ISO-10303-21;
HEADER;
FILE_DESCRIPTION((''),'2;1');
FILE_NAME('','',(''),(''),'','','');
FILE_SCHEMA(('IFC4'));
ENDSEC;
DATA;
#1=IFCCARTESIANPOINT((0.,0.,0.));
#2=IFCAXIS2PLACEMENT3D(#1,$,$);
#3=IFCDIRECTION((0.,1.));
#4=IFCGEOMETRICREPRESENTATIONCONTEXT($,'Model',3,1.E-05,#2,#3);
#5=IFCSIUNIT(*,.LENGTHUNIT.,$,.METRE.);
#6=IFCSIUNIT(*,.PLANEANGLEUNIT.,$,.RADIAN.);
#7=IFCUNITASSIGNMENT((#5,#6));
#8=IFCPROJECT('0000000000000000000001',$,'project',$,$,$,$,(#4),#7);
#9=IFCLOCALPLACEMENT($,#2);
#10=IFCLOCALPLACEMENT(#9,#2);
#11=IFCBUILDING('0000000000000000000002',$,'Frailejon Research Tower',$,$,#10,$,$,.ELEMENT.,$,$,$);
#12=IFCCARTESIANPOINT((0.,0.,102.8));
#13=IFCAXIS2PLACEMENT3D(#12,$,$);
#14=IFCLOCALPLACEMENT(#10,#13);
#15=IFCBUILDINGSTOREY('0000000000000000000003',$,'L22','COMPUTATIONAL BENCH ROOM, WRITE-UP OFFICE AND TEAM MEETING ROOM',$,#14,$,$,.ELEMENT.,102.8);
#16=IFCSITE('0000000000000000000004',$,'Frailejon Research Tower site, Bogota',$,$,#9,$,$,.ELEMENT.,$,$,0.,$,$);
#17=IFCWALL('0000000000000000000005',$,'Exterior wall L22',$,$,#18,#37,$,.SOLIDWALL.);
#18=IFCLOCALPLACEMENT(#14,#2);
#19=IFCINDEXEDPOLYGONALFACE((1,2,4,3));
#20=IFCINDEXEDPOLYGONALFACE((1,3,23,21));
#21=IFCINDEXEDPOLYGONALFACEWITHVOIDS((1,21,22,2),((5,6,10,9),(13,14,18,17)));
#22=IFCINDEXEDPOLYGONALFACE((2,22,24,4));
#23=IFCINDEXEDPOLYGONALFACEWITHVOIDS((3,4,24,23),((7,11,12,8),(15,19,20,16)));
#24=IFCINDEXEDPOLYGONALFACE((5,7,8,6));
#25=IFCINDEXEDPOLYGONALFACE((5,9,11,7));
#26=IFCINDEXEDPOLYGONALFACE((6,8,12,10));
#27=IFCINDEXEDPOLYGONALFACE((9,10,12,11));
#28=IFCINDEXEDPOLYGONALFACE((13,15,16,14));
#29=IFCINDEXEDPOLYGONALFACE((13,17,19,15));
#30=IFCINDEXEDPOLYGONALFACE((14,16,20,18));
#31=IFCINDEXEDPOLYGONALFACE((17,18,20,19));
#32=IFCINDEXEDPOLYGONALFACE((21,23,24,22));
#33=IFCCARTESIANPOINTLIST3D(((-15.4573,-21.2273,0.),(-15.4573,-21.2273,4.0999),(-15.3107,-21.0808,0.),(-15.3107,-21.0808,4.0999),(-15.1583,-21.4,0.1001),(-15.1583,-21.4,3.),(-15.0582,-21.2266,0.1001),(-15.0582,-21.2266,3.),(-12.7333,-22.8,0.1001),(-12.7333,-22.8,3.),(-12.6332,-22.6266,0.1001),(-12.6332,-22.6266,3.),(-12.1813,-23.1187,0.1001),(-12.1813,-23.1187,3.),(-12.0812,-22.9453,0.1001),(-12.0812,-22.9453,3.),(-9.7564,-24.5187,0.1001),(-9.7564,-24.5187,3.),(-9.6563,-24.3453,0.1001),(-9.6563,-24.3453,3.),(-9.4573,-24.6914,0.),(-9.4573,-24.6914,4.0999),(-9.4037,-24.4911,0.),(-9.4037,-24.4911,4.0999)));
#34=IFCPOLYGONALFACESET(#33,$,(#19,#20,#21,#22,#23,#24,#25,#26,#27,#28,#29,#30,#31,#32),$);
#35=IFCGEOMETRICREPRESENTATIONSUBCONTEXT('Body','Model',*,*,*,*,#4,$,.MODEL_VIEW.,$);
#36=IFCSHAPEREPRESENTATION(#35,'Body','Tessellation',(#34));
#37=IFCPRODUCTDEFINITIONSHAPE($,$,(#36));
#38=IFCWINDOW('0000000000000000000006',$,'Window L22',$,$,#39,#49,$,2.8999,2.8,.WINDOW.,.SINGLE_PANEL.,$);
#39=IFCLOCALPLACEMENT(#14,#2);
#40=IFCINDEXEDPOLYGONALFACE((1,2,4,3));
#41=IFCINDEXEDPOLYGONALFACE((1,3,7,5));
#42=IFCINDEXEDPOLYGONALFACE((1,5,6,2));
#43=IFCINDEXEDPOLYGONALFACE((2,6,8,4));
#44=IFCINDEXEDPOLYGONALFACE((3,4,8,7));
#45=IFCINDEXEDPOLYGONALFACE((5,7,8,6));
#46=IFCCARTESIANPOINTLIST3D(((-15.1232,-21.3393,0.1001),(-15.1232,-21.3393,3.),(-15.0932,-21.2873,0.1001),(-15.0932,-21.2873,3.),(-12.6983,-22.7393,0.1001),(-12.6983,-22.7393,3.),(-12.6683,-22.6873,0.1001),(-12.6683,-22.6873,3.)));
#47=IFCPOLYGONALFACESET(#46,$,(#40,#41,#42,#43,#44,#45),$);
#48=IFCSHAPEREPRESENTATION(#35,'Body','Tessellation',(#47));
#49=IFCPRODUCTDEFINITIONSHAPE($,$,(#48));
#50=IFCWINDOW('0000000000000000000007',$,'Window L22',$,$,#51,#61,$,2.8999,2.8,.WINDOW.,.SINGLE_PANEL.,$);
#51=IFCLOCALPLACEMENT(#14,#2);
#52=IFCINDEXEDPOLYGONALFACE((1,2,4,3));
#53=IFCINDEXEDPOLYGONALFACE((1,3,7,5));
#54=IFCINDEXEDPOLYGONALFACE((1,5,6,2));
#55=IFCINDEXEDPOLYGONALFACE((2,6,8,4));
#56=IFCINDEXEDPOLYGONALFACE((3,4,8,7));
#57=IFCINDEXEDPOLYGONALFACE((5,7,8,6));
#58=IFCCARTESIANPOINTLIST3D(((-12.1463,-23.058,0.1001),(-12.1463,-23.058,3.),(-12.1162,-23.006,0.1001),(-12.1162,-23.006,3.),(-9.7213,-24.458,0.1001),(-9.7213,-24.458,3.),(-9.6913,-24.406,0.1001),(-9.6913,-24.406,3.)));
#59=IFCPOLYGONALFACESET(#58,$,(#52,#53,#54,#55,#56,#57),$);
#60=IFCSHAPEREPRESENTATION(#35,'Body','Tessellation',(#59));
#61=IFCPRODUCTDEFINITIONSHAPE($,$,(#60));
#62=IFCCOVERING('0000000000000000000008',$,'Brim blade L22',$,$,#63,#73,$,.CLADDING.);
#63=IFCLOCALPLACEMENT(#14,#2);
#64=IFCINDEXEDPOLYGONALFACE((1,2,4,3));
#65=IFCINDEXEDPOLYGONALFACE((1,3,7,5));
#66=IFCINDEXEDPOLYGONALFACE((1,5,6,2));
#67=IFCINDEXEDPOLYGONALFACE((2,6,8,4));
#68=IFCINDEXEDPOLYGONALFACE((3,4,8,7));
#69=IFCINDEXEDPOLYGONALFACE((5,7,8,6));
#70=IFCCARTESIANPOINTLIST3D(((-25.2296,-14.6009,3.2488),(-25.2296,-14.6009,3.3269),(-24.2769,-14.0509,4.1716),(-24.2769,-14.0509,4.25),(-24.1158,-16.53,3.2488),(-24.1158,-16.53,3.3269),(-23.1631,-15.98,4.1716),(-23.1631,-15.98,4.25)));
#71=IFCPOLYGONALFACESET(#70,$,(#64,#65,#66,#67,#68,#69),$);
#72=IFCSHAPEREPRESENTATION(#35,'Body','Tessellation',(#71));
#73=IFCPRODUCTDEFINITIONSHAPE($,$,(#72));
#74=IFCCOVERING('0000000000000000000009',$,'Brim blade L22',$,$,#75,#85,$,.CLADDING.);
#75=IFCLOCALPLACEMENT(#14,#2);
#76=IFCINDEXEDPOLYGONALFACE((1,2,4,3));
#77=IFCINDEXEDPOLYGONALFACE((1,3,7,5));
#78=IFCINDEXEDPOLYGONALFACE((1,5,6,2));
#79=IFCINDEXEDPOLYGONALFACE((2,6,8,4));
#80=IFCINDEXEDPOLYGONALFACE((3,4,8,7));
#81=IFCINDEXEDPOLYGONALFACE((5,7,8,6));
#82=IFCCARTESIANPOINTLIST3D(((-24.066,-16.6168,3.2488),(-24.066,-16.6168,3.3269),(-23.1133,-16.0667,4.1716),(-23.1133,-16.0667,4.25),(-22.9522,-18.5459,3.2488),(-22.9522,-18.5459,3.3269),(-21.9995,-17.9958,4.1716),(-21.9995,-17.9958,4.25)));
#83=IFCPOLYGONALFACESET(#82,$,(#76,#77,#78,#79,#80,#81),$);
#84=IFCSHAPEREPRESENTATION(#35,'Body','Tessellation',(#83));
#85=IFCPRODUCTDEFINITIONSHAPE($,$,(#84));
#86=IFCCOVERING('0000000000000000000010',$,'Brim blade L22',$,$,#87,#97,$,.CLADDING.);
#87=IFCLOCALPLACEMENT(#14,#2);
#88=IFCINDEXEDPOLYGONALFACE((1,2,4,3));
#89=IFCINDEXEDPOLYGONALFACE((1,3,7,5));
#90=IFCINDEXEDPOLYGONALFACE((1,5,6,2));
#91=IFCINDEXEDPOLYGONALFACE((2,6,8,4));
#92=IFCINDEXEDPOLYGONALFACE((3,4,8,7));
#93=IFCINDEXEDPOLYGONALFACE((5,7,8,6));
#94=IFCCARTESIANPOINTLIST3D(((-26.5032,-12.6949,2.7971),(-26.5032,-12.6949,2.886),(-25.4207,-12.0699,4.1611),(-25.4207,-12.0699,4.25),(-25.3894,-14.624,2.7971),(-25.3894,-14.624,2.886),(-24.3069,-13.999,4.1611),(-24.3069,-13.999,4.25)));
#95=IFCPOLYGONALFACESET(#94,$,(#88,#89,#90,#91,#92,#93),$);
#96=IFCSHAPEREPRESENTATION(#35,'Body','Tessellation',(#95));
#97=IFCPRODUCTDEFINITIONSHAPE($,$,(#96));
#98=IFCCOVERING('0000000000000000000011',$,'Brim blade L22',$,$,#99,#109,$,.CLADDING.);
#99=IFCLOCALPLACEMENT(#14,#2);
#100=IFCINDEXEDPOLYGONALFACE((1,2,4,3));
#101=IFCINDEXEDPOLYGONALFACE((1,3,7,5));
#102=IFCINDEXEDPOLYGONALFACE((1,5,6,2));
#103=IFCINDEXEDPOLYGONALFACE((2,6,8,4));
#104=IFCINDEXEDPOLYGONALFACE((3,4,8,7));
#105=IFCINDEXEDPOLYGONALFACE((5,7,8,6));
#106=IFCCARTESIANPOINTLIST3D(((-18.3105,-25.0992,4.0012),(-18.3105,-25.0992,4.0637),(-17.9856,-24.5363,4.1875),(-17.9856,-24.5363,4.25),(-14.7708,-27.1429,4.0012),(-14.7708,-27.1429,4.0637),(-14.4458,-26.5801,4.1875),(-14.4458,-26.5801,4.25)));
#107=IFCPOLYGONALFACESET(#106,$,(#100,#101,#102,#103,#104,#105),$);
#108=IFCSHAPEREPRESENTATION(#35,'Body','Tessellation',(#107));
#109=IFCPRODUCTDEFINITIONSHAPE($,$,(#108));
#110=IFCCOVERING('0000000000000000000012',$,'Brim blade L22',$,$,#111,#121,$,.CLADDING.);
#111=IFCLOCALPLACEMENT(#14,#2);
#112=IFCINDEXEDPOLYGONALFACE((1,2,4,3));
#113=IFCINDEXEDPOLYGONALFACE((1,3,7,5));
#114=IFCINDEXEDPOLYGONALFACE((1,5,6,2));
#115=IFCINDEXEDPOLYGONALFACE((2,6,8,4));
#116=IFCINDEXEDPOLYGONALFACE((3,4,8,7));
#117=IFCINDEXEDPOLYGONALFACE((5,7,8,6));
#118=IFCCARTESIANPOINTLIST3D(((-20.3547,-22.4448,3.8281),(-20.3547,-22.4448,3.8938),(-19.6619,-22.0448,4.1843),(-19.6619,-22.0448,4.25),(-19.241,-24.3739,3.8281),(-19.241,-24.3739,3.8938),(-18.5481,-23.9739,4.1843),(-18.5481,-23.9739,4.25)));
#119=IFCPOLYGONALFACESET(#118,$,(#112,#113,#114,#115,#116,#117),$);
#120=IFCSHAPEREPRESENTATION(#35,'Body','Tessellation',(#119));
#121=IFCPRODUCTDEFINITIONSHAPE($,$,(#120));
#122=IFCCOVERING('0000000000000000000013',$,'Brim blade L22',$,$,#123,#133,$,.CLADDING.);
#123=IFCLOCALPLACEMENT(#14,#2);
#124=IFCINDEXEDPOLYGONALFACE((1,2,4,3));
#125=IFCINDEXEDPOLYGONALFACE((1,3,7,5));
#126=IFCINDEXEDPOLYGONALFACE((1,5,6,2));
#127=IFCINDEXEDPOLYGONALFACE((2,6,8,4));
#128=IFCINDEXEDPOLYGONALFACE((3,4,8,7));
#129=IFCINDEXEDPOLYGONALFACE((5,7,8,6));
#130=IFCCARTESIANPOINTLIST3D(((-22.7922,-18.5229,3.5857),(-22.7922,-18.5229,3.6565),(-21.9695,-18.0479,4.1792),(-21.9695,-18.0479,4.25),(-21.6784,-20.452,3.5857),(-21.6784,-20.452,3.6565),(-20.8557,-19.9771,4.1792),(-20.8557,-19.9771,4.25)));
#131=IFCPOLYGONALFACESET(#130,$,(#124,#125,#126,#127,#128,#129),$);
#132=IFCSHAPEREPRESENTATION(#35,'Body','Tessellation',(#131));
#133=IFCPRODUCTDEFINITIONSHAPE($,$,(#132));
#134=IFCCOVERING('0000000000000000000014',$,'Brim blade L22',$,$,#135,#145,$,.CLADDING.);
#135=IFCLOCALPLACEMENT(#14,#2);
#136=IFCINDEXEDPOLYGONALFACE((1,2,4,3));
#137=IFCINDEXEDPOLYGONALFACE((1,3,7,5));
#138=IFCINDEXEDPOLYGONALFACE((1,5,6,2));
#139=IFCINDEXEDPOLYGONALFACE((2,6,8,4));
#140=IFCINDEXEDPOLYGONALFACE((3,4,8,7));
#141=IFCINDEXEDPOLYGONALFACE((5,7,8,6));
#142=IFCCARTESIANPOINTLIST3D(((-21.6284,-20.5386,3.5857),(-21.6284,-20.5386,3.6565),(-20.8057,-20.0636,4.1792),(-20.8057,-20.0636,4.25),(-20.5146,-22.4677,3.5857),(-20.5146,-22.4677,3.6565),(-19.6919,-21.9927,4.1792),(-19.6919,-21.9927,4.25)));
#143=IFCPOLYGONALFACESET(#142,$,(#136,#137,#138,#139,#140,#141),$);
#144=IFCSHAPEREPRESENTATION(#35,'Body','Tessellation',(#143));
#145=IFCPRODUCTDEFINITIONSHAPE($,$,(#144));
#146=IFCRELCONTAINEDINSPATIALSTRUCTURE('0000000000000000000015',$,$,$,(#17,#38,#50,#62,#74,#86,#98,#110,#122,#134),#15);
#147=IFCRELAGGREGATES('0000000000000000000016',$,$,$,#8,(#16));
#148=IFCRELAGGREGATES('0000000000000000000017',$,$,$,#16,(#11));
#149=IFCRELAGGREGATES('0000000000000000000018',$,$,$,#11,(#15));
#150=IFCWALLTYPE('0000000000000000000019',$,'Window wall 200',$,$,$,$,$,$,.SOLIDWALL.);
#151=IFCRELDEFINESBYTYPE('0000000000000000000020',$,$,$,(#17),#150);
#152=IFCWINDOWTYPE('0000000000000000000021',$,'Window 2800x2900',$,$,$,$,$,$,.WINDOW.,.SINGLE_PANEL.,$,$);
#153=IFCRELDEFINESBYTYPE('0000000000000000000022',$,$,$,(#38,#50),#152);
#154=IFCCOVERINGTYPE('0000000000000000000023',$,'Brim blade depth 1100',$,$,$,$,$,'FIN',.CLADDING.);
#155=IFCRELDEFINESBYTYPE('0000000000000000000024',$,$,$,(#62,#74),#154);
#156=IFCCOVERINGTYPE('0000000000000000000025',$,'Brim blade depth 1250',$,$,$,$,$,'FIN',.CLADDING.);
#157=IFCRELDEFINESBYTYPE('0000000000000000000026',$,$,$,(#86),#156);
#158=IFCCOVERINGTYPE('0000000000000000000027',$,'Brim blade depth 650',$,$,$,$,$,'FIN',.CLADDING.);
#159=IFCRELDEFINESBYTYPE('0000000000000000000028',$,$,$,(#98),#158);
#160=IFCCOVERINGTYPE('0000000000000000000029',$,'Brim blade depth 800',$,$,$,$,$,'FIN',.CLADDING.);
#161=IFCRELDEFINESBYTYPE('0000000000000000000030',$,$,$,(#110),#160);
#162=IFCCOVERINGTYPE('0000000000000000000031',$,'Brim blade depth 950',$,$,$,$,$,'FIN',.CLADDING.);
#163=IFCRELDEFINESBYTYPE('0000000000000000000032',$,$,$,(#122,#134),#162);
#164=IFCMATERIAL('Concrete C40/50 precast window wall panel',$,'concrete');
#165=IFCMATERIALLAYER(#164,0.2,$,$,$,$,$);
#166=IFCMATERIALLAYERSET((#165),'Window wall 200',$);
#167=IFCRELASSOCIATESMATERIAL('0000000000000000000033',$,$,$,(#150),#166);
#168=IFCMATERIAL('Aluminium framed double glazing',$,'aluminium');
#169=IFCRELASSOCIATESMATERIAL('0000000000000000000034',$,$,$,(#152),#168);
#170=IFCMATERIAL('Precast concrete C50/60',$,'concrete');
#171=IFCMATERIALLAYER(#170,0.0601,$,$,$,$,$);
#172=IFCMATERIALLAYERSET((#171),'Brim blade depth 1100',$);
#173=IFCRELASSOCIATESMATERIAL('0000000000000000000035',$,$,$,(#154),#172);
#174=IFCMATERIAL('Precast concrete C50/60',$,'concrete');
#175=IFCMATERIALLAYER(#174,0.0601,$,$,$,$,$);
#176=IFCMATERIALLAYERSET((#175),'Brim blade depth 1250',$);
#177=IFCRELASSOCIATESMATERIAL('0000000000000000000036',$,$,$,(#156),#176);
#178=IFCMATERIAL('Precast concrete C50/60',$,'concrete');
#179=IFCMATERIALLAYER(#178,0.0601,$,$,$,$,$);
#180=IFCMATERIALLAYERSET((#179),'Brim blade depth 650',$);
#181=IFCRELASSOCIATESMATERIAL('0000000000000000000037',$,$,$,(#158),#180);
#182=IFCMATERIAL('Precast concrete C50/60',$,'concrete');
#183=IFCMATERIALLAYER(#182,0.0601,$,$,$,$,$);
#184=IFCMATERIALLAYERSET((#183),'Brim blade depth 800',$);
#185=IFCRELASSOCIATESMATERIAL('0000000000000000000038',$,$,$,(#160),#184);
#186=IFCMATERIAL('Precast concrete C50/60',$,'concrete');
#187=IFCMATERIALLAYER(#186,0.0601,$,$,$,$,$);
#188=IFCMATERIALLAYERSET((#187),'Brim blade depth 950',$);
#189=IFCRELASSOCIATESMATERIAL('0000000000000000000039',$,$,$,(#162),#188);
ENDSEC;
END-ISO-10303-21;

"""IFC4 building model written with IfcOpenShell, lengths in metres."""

from ifc_helpers import new_model, si_unit, direction, frame, frame_2d, origin, place, context, subcontext, project, spatial, polyline, rectangle, outline, extrude, material, layer, layer_set, type_object, element, fill, save


model = new_model("IFC4")

# Units and contexts
model_context = context("Model", 3, precision=1e-05, world=origin(), true_north=direction((0.0, 1.0)))
body_context = subcontext(model_context, "Body", "Model", "MODEL_VIEW")
ifc_project = project(units=[si_unit("LENGTHUNIT", "METRE"), si_unit("PLANEANGLEUNIT", "RADIAN")], contexts=[model_context])

# Site, building, storey
site_placement = place(None, origin())
site = spatial("IfcSite", under=ifc_project, at=site_placement, Name="Frailejon Research Tower site, Bogota", CompositionType="ELEMENT", RefElevation=0.0)
building_placement = place(site_placement, origin())
building = spatial("IfcBuilding", under=site, at=building_placement, Name="Frailejon Research Tower", CompositionType="ELEMENT")
storey_placement = place(building_placement, frame((0.0, 0.0, 102.8)))
storey = spatial("IfcBuildingStorey", under=building, at=storey_placement, Name="L22", Description="COMPUTATIONAL BENCH ROOM, WRITE-UP OFFICE AND TEAM MEETING ROOM", CompositionType="ELEMENT", Elevation=102.8)

# Wall, openings, windows
ifc_material_1 = material(Name="Concrete C40/50 precast window wall panel", Category="concrete")
ifc_layer_1 = layer(ifc_material_1, 0.2)
ifc_layer_set_1 = layer_set([ifc_layer_1], Name="Window wall 200")
wall_type_1 = type_object("IfcWallType", Name="Window wall 200", PredefinedType="SOLIDWALL", material=ifc_layer_set_1)
wall_1_placement = place(storey_placement, frame((-15.384, -21.1541, 0.0), z_axis=(0.0, 0.0, 1.0), x_axis=(0.866029, -0.499993, 0.0)))
wall_1 = element("IfcWall", 1, at=wall_1_placement, inside=storey, type_object=wall_type_1, Name="Exterior wall L22", PredefinedType="SOLIDWALL", context=body_context, shape_type="SweptSolid", body=[
    extrude(outline(polyline([(-0.0269, -0.1001), (1.1279, -0.1001), (2.2825, -0.1001), (3.4373, -0.1001), (4.592, -0.1001), (5.7466, -0.1001), (6.9014, -0.1001), (6.8477, 0.1001), (5.7109, 0.1001), (4.574, 0.1001), (3.4373, 0.1001), (2.3005, 0.1001), (1.1636, 0.1001), (0.0269, 0.1001), (-0.0269, -0.1001)])), origin(), (0.0, 0.0, 1.0), 4.0999),
])
opening_1_placement = place(wall_1_placement, frame((0.3186, 0.0, 0.1001)))
opening_1 = element("IfcOpeningElement", 2, at=opening_1_placement, cuts=wall_1, PredefinedType="OPENING", context=body_context, shape_type="SweptSolid", body=[
    extrude(rectangle(XDim=2.8, YDim=2.8999, at=frame_2d((1.3999, 1.45))), frame((0.0, 0.1099, 0.0), z_axis=(0.0, -1.0, 0.0), x_axis=(1.0, 0.0, 0.0)), (0.0, 0.0, 1.0), 0.22),
])
opening_2_placement = place(wall_1_placement, frame((3.7561, 0.0, 0.1001)))
opening_2 = element("IfcOpeningElement", 3, at=opening_2_placement, cuts=wall_1, PredefinedType="OPENING", context=body_context, shape_type="SweptSolid", body=[
    extrude(rectangle(XDim=2.8, YDim=2.8999, at=frame_2d((1.3999, 1.45))), frame((0.0, 0.1099, 0.0), z_axis=(0.0, -1.0, 0.0), x_axis=(1.0, 0.0, 0.0)), (0.0, 0.0, 1.0), 0.22),
])
ifc_material_2 = material(Name="Aluminium framed double glazing", Category="aluminium")
window_type = type_object("IfcWindowType", Name="Window 2800x2900", PartitioningType="SINGLE_PANEL", PredefinedType="WINDOW", material=ifc_material_2)
window_1_placement = place(opening_1_placement, origin())
window_1 = element("IfcWindow", 4, at=window_1_placement, inside=storey, type_object=window_type, Name="Window L22", OverallHeight=2.8999, OverallWidth=2.8, PartitioningType="SINGLE_PANEL", PredefinedType="WINDOW", context=body_context, shape_type="SweptSolid", body=[
    extrude(rectangle(XDim=2.8, YDim=2.8999, at=frame_2d((1.3999, 1.45))), frame((0.0, 0.03, 0.0), z_axis=(0.0, -1.0, 0.0), x_axis=(1.0, 0.0, 0.0)), (0.0, 0.0, 1.0), 0.0601),
])
fill(opening_1, window_1)
window_2_placement = place(opening_2_placement, origin())
window_2 = element("IfcWindow", 5, at=window_2_placement, inside=storey, type_object=window_type, Name="Window L22", OverallHeight=2.8999, OverallWidth=2.8, PartitioningType="SINGLE_PANEL", PredefinedType="WINDOW", context=body_context, shape_type="SweptSolid", body=[
    extrude(rectangle(XDim=2.8, YDim=2.8999, at=frame_2d((1.3999, 1.45))), frame((0.0, 0.03, 0.0), z_axis=(0.0, -1.0, 0.0), x_axis=(1.0, 0.0, 0.0)), (0.0, 0.0, 1.0), 0.0601),
])
fill(opening_2, window_2)

# Coverings
ifc_material_3 = material(Name="Precast concrete C50/60", Category="concrete")
ifc_layer_2 = layer(ifc_material_3, 0.0601)
ifc_layer_set_2 = layer_set([ifc_layer_2], Name="Brim blade depth 1100")
covering_type_1 = type_object("IfcCoveringType", Name="Brim blade depth 1100", ElementType="FIN", PredefinedType="CLADDING", material=ifc_layer_set_2)
for number, where, z_axis, x_axis, name in (
    (6, (-23.1631, -15.98, 4.25), (-0.500008, 0.866021, 0.0), (-0.866021, -0.500008, 0.0), "Brim blade L22"),
    (7, (-21.9995, -17.9958, 4.25), (-0.499998, 0.866026, 0.0), (-0.866026, -0.499998, 0.0), "Brim blade L22"),
):
    element("IfcCovering", number, at=place(storey_placement, frame(where, z_axis=z_axis, x_axis=x_axis)), inside=storey, type_object=covering_type_1, Name=name, PredefinedType="CLADDING", context=body_context, shape_type="SweptSolid", body=[
        extrude(outline(polyline([(0.0, -0.0784), (1.1001, -1.0012), (1.1001, -0.9231), (0.0, 0.0), (0.0, -0.0784)])), origin(), (0.0, 0.0, 1.0), 2.2275),
    ])
ifc_material_4 = material(Name="Precast concrete C50/60", Category="concrete")
ifc_layer_3 = layer(ifc_material_4, 0.0601)
ifc_layer_set_3 = layer_set([ifc_layer_3], Name="Brim blade depth 1250")
covering_type_2 = type_object("IfcCoveringType", Name="Brim blade depth 1250", ElementType="FIN", PredefinedType="CLADDING", material=ifc_layer_set_3)
covering_1_placement = place(storey_placement, frame((-24.3069, -13.999, 4.25), z_axis=(-0.500008, 0.866021, 0.0), x_axis=(-0.866021, -0.500008, 0.0)))
element("IfcCovering", 8, at=covering_1_placement, inside=storey, type_object=covering_type_2, Name="Brim blade L22", PredefinedType="CLADDING", context=body_context, shape_type="SweptSolid", body=[
    extrude(outline(polyline([(0.0, -0.0889), (1.25, -1.4529), (1.25, -1.364), (0.0, 0.0), (0.0, -0.0889)])), origin(), (0.0, 0.0, 1.0), 2.2275),
])
ifc_material_5 = material(Name="Precast concrete C50/60", Category="concrete")
ifc_layer_4 = layer(ifc_material_5, 0.0601)
ifc_layer_set_4 = layer_set([ifc_layer_4], Name="Brim blade depth 650")
covering_type_3 = type_object("IfcCoveringType", Name="Brim blade depth 650", ElementType="FIN", PredefinedType="CLADDING", material=ifc_layer_set_4)
covering_2_placement = place(storey_placement, frame((-14.4458, -26.5801, 4.25), z_axis=(-0.866021, 0.500007, 0.0), x_axis=(-0.500007, -0.866021, 0.0)))
element("IfcCovering", 9, at=covering_2_placement, inside=storey, type_object=covering_type_3, Name="Brim blade L22", PredefinedType="CLADDING", context=body_context, shape_type="SweptSolid", body=[
    extrude(outline(polyline([(0.0, -0.0625), (0.6499, -0.2488), (0.6499, -0.1863), (0.0, 0.0), (0.0, -0.0625)])), origin(), (0.0, 0.0, 1.0), 4.0874),
])
ifc_material_6 = material(Name="Precast concrete C50/60", Category="concrete")
ifc_layer_5 = layer(ifc_material_6, 0.0601)
ifc_layer_set_5 = layer_set([ifc_layer_5], Name="Brim blade depth 800")
covering_type_4 = type_object("IfcCoveringType", Name="Brim blade depth 800", ElementType="FIN", PredefinedType="CLADDING", material=ifc_layer_set_5)
covering_3_placement = place(storey_placement, frame((-18.5481, -23.9739, 4.25), z_axis=(-0.500008, 0.866021, 0.0), x_axis=(-0.866021, -0.500008, 0.0)))
element("IfcCovering", 10, at=covering_3_placement, inside=storey, type_object=covering_type_4, Name="Brim blade L22", PredefinedType="CLADDING", context=body_context, shape_type="SweptSolid", body=[
    extrude(outline(polyline([(0.0, -0.0657), (0.8, -0.4219), (0.8, -0.3562), (0.0, 0.0), (0.0, -0.0657)])), origin(), (0.0, 0.0, 1.0), 2.2275),
])
ifc_material_7 = material(Name="Precast concrete C50/60", Category="concrete")
ifc_layer_6 = layer(ifc_material_7, 0.0601)
ifc_layer_set_6 = layer_set([ifc_layer_6], Name="Brim blade depth 950")
covering_type_5 = type_object("IfcCoveringType", Name="Brim blade depth 950", ElementType="FIN", PredefinedType="CLADDING", material=ifc_layer_set_6)
for number, where, z_axis, x_axis, name in (
    (11, (-20.8557, -19.9771, 4.25), (-0.499998, 0.866026, 0.0), (-0.866026, -0.499998, 0.0), "Brim blade L22"),
    (12, (-19.6919, -21.9927, 4.25), (-0.500008, 0.866021, 0.0), (-0.866021, -0.500008, 0.0), "Brim blade L22"),
):
    element("IfcCovering", number, at=place(storey_placement, frame(where, z_axis=z_axis, x_axis=x_axis)), inside=storey, type_object=covering_type_5, Name=name, PredefinedType="CLADDING", context=body_context, shape_type="SweptSolid", body=[
        extrude(outline(polyline([(0.0, -0.0708), (0.95, -0.6643), (0.95, -0.5935), (0.0, 0.0), (0.0, -0.0708)])), origin(), (0.0, 0.0, 1.0), 2.2275),
    ])

save(model, "model.ifc")
